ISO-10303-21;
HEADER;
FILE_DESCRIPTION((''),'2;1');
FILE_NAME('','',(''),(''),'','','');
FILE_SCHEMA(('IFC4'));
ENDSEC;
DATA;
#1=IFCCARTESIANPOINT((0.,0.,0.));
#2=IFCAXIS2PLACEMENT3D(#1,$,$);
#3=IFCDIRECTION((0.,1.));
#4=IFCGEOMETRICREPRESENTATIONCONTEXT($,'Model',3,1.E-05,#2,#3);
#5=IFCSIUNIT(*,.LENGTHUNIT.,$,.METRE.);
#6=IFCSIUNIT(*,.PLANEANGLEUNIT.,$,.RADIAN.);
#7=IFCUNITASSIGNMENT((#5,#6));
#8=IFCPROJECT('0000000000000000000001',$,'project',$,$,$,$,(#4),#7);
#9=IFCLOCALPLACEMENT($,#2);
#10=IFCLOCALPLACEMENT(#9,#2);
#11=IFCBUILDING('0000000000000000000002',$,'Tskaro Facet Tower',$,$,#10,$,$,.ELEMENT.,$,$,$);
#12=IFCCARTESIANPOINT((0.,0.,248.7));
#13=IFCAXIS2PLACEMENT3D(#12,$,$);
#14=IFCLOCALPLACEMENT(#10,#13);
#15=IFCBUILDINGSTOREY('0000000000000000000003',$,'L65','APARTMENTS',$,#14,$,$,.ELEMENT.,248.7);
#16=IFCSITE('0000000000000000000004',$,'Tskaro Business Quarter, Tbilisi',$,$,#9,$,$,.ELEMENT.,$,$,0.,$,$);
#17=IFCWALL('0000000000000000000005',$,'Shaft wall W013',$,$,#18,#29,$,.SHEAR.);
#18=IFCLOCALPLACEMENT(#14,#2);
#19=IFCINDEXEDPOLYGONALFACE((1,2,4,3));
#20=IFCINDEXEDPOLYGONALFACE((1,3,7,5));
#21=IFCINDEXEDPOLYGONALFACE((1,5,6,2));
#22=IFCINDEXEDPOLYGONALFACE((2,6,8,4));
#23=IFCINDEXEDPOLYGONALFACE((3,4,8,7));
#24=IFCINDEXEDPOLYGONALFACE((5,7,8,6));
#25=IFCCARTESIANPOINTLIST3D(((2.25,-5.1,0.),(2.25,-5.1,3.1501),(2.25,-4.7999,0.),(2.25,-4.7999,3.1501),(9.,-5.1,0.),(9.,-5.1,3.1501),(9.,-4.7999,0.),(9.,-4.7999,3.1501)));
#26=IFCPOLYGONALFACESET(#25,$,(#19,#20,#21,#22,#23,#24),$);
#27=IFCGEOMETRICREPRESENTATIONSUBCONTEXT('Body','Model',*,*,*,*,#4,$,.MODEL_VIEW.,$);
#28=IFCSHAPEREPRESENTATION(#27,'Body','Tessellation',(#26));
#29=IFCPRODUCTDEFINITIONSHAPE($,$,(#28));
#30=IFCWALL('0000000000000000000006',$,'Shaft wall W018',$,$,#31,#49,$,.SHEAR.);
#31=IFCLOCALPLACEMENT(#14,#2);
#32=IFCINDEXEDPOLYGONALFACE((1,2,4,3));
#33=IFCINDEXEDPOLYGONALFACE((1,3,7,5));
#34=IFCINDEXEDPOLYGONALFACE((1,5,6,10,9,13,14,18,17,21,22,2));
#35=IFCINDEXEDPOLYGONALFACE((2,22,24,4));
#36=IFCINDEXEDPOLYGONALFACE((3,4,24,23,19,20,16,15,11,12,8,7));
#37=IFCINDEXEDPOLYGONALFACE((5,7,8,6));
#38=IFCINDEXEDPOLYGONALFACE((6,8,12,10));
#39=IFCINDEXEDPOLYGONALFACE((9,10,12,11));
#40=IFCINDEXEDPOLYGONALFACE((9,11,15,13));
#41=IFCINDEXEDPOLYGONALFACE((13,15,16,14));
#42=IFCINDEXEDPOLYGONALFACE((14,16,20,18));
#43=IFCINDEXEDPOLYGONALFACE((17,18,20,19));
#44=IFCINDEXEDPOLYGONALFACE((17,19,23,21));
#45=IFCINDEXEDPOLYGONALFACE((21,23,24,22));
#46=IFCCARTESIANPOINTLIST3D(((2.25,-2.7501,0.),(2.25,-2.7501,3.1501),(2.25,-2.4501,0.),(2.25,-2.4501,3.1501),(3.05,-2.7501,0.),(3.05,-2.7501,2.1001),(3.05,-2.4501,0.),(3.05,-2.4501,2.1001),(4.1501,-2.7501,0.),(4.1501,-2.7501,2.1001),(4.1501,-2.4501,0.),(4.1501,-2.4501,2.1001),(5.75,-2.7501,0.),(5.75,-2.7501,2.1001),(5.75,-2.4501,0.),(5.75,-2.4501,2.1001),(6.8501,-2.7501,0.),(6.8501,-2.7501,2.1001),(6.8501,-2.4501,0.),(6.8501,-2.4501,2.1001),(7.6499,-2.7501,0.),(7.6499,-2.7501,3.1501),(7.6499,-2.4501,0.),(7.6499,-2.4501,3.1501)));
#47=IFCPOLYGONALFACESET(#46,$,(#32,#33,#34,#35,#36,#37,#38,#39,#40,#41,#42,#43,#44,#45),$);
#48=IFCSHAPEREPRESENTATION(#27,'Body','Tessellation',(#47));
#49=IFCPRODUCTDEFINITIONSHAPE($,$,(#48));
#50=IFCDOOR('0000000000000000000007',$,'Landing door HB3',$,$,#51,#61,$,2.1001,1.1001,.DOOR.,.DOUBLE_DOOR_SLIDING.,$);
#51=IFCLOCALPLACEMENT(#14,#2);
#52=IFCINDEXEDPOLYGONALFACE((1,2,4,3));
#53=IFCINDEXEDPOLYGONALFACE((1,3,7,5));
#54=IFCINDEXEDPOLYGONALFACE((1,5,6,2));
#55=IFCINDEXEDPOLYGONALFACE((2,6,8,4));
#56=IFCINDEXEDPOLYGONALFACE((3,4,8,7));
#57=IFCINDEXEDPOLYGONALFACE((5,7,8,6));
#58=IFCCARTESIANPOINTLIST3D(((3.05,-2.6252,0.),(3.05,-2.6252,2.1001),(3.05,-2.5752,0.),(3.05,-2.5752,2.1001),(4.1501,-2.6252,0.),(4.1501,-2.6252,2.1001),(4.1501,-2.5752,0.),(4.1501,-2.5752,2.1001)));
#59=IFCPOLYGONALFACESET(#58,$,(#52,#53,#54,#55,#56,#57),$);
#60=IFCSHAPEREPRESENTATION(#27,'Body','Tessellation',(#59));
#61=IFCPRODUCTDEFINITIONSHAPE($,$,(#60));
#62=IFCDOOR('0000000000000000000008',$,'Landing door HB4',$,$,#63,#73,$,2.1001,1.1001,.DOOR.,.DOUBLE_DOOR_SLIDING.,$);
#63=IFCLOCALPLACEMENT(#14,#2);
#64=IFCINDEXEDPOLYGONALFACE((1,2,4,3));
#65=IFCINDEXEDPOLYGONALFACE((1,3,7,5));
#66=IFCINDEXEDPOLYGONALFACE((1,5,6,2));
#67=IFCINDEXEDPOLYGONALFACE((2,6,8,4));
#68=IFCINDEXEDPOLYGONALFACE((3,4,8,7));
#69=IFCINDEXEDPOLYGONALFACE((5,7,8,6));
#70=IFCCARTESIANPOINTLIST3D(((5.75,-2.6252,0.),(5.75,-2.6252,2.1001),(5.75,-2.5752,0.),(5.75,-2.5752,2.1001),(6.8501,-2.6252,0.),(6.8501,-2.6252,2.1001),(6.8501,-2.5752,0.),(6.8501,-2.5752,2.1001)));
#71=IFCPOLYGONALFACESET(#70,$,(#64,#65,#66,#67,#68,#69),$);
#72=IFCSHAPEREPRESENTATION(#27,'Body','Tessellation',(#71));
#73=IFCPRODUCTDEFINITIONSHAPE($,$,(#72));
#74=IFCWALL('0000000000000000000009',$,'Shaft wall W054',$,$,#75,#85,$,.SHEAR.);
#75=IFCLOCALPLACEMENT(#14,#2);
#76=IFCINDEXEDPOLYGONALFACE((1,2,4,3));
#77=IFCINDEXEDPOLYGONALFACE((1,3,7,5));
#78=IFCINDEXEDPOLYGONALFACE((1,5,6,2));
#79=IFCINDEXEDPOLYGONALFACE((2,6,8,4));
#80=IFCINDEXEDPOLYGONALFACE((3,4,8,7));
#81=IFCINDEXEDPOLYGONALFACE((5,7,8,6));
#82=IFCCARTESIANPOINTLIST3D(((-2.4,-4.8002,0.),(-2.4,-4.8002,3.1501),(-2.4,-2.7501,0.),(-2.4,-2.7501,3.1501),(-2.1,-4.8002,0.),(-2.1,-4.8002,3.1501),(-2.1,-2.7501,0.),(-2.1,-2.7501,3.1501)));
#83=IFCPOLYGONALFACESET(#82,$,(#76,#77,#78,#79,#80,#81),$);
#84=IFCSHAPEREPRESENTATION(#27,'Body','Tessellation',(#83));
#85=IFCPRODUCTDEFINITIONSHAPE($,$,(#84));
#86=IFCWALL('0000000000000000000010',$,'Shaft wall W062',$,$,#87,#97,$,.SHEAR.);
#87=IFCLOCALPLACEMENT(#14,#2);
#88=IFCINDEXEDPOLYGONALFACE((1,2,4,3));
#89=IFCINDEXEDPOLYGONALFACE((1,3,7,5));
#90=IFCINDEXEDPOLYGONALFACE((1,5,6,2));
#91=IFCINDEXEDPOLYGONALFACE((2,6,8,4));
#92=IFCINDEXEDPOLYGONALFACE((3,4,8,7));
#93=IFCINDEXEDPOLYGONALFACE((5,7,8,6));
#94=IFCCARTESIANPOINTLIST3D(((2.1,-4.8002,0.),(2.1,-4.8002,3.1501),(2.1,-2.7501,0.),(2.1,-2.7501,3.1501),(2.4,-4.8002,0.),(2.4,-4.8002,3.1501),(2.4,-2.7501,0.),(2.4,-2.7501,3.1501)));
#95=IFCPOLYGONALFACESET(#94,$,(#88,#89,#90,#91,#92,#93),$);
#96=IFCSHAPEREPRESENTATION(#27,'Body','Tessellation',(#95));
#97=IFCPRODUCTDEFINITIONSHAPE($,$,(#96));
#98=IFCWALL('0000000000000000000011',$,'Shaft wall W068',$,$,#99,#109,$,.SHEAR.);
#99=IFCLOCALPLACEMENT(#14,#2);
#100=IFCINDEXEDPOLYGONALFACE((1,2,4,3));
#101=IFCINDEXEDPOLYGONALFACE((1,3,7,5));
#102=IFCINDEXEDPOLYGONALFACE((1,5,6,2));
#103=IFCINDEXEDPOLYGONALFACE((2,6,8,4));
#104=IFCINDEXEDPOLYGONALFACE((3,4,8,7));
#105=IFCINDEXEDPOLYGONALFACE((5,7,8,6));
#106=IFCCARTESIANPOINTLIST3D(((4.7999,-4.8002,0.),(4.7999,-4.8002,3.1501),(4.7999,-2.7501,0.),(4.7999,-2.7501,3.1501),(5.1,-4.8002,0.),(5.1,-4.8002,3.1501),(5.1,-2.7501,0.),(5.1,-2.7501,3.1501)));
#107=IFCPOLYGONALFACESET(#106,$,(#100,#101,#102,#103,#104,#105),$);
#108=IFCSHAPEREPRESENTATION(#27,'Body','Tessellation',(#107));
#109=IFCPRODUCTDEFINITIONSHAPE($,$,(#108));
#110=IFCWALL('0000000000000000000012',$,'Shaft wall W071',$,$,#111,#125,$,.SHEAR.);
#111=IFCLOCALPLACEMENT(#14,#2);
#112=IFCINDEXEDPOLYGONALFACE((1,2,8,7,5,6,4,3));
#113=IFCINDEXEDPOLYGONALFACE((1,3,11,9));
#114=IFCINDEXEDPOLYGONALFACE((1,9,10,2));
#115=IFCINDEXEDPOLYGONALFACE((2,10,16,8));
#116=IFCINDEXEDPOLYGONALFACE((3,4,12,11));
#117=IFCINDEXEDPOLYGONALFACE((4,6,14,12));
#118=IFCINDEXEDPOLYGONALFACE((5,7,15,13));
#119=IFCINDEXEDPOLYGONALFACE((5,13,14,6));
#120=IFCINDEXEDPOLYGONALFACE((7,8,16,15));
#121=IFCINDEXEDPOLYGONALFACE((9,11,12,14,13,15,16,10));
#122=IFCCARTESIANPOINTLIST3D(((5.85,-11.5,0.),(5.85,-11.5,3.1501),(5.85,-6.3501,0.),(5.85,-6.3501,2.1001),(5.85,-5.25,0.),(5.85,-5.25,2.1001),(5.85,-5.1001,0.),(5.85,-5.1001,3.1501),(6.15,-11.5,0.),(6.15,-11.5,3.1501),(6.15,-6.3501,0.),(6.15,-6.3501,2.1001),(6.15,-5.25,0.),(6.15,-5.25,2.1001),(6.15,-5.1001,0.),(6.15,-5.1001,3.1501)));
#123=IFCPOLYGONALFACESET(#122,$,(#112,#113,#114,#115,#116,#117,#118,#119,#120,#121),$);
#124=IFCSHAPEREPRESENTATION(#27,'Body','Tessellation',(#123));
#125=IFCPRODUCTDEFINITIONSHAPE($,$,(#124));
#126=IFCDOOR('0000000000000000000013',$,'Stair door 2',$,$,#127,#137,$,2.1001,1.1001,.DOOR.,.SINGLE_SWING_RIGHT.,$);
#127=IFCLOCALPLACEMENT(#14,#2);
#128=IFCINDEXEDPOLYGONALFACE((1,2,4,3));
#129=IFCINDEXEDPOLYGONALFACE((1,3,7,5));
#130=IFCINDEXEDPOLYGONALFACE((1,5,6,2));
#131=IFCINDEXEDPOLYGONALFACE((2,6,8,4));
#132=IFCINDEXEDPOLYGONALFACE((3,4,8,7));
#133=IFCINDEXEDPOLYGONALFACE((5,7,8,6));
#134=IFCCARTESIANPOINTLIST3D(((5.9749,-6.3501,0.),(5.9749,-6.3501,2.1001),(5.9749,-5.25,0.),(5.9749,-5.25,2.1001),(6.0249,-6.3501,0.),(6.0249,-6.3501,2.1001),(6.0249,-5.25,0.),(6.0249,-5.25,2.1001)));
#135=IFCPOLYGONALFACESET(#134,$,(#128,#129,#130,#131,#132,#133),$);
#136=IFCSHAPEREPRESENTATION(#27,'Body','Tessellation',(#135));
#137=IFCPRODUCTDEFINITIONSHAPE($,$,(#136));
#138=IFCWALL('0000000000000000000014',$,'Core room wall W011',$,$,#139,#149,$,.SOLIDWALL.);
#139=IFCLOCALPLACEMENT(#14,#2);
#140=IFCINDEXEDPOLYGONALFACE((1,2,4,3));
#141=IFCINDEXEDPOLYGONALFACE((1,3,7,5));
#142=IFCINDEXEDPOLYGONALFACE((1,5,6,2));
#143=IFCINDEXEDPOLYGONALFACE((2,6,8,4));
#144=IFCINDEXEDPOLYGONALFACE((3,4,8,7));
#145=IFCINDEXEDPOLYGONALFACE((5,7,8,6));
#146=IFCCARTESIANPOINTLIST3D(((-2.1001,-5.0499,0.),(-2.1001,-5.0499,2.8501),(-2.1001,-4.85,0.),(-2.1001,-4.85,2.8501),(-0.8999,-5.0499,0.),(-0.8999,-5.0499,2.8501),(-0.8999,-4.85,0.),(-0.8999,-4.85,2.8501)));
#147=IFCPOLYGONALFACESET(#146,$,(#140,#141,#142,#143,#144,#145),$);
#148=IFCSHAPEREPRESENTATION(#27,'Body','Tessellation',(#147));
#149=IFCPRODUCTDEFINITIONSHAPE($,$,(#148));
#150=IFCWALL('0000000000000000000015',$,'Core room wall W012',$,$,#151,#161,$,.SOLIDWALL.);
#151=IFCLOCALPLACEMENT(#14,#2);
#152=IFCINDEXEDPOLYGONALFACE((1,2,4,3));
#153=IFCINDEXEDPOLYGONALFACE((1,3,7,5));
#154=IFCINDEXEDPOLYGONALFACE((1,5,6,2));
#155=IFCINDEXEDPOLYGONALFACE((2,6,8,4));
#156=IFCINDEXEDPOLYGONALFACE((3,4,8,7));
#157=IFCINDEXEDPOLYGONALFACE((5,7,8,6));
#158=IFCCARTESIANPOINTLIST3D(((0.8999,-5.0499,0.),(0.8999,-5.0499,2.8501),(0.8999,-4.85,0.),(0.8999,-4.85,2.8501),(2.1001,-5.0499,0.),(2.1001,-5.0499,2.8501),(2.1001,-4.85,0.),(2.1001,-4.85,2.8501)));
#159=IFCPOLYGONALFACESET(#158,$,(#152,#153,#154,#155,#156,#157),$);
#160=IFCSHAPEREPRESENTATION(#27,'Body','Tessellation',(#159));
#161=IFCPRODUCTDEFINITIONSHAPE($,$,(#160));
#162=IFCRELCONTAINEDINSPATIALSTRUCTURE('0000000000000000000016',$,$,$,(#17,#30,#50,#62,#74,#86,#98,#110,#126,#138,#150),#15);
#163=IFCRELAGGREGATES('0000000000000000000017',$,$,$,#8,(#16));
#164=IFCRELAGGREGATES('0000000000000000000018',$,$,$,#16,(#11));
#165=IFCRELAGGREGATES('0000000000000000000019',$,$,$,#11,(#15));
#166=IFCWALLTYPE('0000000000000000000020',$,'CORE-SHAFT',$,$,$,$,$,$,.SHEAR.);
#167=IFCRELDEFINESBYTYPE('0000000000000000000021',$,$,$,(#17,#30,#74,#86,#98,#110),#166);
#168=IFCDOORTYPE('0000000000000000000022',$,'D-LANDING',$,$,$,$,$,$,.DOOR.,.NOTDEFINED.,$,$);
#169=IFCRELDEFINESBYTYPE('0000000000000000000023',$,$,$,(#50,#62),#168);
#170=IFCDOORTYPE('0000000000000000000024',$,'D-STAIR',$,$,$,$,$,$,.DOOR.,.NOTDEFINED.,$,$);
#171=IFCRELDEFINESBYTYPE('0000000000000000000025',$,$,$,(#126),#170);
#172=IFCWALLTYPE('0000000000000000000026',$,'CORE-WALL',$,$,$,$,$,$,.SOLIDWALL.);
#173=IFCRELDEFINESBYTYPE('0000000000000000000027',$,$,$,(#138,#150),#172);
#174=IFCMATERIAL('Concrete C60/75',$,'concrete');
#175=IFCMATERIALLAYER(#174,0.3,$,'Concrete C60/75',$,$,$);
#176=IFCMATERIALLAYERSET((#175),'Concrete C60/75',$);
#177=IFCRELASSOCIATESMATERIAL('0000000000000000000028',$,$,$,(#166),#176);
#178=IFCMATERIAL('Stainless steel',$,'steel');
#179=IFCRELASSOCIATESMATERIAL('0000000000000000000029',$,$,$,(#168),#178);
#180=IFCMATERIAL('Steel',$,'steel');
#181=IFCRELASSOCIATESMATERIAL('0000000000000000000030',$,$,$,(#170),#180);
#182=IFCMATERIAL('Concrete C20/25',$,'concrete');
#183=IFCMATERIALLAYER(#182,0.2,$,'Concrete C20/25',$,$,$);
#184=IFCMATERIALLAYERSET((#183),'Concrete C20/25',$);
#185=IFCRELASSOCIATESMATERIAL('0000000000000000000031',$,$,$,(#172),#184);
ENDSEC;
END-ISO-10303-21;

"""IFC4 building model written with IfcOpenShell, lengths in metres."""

from ifc_helpers import new_model, si_unit, direction, frame, frame_2d, origin, place, context, subcontext, project, spatial, rectangle, extrude, material, layer, layer_set, type_object, element, fill, save


model = new_model("IFC4")

# Units and contexts
model_context = context("Model", 3, precision=1e-05, world=origin(), true_north=direction((0.0, 1.0)))
body_context = subcontext(model_context, "Body", "Model", "MODEL_VIEW")
ifc_project = project(units=[si_unit("LENGTHUNIT", "METRE"), si_unit("PLANEANGLEUNIT", "RADIAN")], contexts=[model_context])

# Site, building, storey
site_placement = place(None, origin())
site = spatial("IfcSite", under=ifc_project, at=site_placement, Name="Tskaro Business Quarter, Tbilisi", CompositionType="ELEMENT", RefElevation=0.0)
building_placement = place(site_placement, origin())
building = spatial("IfcBuilding", under=site, at=building_placement, Name="Tskaro Facet Tower", CompositionType="ELEMENT")
storey_placement = place(building_placement, frame((0.0, 0.0, 248.7)))
storey = spatial("IfcBuildingStorey", under=building, at=storey_placement, Name="L65", Description="APARTMENTS", CompositionType="ELEMENT", Elevation=248.7)

# Wall
ifc_material_1 = material(Name="Concrete C60/75", Category="concrete")
ifc_layer_1 = layer(ifc_material_1, 0.3, Name="Concrete C60/75")
ifc_layer_set_1 = layer_set([ifc_layer_1], Name="Concrete C60/75")
wall_type_1 = type_object("IfcWallType", Name="CORE-SHAFT", PredefinedType="SHEAR", material=ifc_layer_set_1)
wall_1_placement = place(storey_placement, frame((2.25, -4.95, 0.0), z_axis=(0.0, 0.0, 1.0), x_axis=(1.0, 0.0, 0.0)))
element("IfcWall", 1, at=wall_1_placement, inside=storey, type_object=wall_type_1, Name="Shaft wall W013", PredefinedType="SHEAR", context=body_context, shape_type="SweptSolid", body=[
    extrude(rectangle(XDim=6.75, YDim=0.3, at=frame_2d((3.375, 0.0))), origin(), (0.0, 0.0, 1.0), 3.1501),
])

# Wall, openings, doors
wall_2_placement = place(storey_placement, frame((2.25, -2.6001, 0.0), z_axis=(0.0, 0.0, 1.0), x_axis=(1.0, 0.0, 0.0)))
wall_2 = element("IfcWall", 2, at=wall_2_placement, inside=storey, type_object=wall_type_1, Name="Shaft wall W018", PredefinedType="SHEAR", context=body_context, shape_type="SweptSolid", body=[
    extrude(rectangle(XDim=5.3999, YDim=0.3, at=frame_2d((2.7, 0.0))), origin(), (0.0, 0.0, 1.0), 3.1501),
])
opening_1_placement = place(wall_2_placement, frame((0.8, 0.0, 0.0)))
opening_1 = element("IfcOpeningElement", 3, at=opening_1_placement, cuts=wall_2, PredefinedType="OPENING", context=body_context, shape_type="SweptSolid", body=[
    extrude(rectangle(XDim=1.1001, YDim=2.1001, at=frame_2d((0.55, 1.05))), frame((0.0, 0.1599, 0.0), z_axis=(0.0, -1.0, 0.0), x_axis=(1.0, 0.0, 0.0)), (0.0, 0.0, 1.0), 0.3201),
])
opening_2_placement = place(wall_2_placement, frame((3.5, 0.0, 0.0)))
opening_2 = element("IfcOpeningElement", 4, at=opening_2_placement, cuts=wall_2, PredefinedType="OPENING", context=body_context, shape_type="SweptSolid", body=[
    extrude(rectangle(XDim=1.1001, YDim=2.1001, at=frame_2d((0.55, 1.05))), frame((0.0, 0.1599, 0.0), z_axis=(0.0, -1.0, 0.0), x_axis=(1.0, 0.0, 0.0)), (0.0, 0.0, 1.0), 0.3201),
])
ifc_material_2 = material(Name="Stainless steel", Category="steel")
door_type_1 = type_object("IfcDoorType", Name="D-LANDING", OperationType="NOTDEFINED", PredefinedType="DOOR", material=ifc_material_2)
door_1_placement = place(opening_1_placement, origin())
door_1 = element("IfcDoor", 5, at=door_1_placement, inside=storey, type_object=door_type_1, Name="Landing door HB3", OperationType="DOUBLE_DOOR_SLIDING", OverallHeight=2.1001, OverallWidth=1.1001, PredefinedType="DOOR", context=body_context, shape_type="SweptSolid", body=[
    extrude(rectangle(XDim=1.1001, YDim=2.1001, at=frame_2d((0.55, 1.05))), frame((0.0, 0.0249, 0.0), z_axis=(0.0, -1.0, 0.0), x_axis=(1.0, 0.0, 0.0)), (0.0, 0.0, 1.0), 0.05),
])
fill(opening_1, door_1)
door_2_placement = place(opening_2_placement, origin())
door_2 = element("IfcDoor", 6, at=door_2_placement, inside=storey, type_object=door_type_1, Name="Landing door HB4", OperationType="DOUBLE_DOOR_SLIDING", OverallHeight=2.1001, OverallWidth=1.1001, PredefinedType="DOOR", context=body_context, shape_type="SweptSolid", body=[
    extrude(rectangle(XDim=1.1001, YDim=2.1001, at=frame_2d((0.55, 1.05))), frame((0.0, 0.0249, 0.0), z_axis=(0.0, -1.0, 0.0), x_axis=(1.0, 0.0, 0.0)), (0.0, 0.0, 1.0), 0.05),
])
fill(opening_2, door_2)

# Walls
for number, where, z_axis, x_axis, name in (
    (7, (-2.25, -4.8, 0.0), (0.0, 0.0, 1.0), (0.0, 1.0, 0.0), "Shaft wall W054"),
    (8, (2.25, -4.8, 0.0), (0.0, 0.0, 1.0), (0.0, 1.0, 0.0), "Shaft wall W062"),
    (9, (4.95, -4.8, 0.0), (0.0, 0.0, 1.0), (0.0, 1.0, 0.0), "Shaft wall W068"),
):
    element("IfcWall", number, at=place(storey_placement, frame(where, z_axis=z_axis, x_axis=x_axis)), inside=storey, type_object=wall_type_1, Name=name, PredefinedType="SHEAR", context=body_context, shape_type="SweptSolid", body=[
        extrude(rectangle(XDim=2.05, YDim=0.3, at=frame_2d((1.0249, 0.0))), origin(), (0.0, 0.0, 1.0), 3.1501),
    ])

# Wall, opening, door
wall_3_placement = place(storey_placement, frame((6.0, -5.1001, 0.0), z_axis=(0.0, 0.0, 1.0), x_axis=(0.0, -1.0, 0.0)))
wall_3 = element("IfcWall", 10, at=wall_3_placement, inside=storey, type_object=wall_type_1, Name="Shaft wall W071", PredefinedType="SHEAR", context=body_context, shape_type="SweptSolid", body=[
    extrude(rectangle(XDim=6.3999, YDim=0.3, at=frame_2d((3.2, 0.0))), origin(), (0.0, 0.0, 1.0), 3.1501),
])
opening_3_placement = place(wall_3_placement, frame((0.1499, 0.0, 0.0)))
opening_3 = element("IfcOpeningElement", 11, at=opening_3_placement, cuts=wall_3, PredefinedType="OPENING", context=body_context, shape_type="SweptSolid", body=[
    extrude(rectangle(XDim=1.1001, YDim=2.1001, at=frame_2d((0.55, 1.05))), frame((0.0, 0.1599, 0.0), z_axis=(0.0, -1.0, 0.0), x_axis=(1.0, 0.0, 0.0)), (0.0, 0.0, 1.0), 0.3201),
])
ifc_material_3 = material(Name="Steel", Category="steel")
door_type_2 = type_object("IfcDoorType", Name="D-STAIR", OperationType="NOTDEFINED", PredefinedType="DOOR", material=ifc_material_3)
door_3_placement = place(opening_3_placement, origin())
door_3 = element("IfcDoor", 12, at=door_3_placement, inside=storey, type_object=door_type_2, Name="Stair door 2", OperationType="SINGLE_SWING_RIGHT", OverallHeight=2.1001, OverallWidth=1.1001, PredefinedType="DOOR", context=body_context, shape_type="SweptSolid", body=[
    extrude(rectangle(XDim=1.1001, YDim=2.1001, at=frame_2d((0.55, 1.05))), frame((0.0, 0.0249, 0.0), z_axis=(0.0, -1.0, 0.0), x_axis=(1.0, 0.0, 0.0)), (0.0, 0.0, 1.0), 0.05),
])
fill(opening_3, door_3)

# Walls
ifc_material_4 = material(Name="Concrete C20/25", Category="concrete")
ifc_layer_2 = layer(ifc_material_4, 0.2, Name="Concrete C20/25")
ifc_layer_set_2 = layer_set([ifc_layer_2], Name="Concrete C20/25")
wall_type_2 = type_object("IfcWallType", Name="CORE-WALL", PredefinedType="SOLIDWALL", material=ifc_layer_set_2)
for number, where, z_axis, x_axis, name in (
    (13, (-2.1001, -4.95, 0.0), (0.0, 0.0, 1.0), (1.0, 0.0, 0.0), "Core room wall W011"),
    (14, (0.8999, -4.95, 0.0), (0.0, 0.0, 1.0), (1.0, 0.0, 0.0), "Core room wall W012"),
):
    element("IfcWall", number, at=place(storey_placement, frame(where, z_axis=z_axis, x_axis=x_axis)), inside=storey, type_object=wall_type_2, Name=name, PredefinedType="SOLIDWALL", context=body_context, shape_type="SweptSolid", body=[
        extrude(rectangle(XDim=1.2002, YDim=0.2, at=frame_2d((0.6001, 0.0))), origin(), (0.0, 0.0, 1.0), 2.8501),
    ])

save(model, "model.ifc")
